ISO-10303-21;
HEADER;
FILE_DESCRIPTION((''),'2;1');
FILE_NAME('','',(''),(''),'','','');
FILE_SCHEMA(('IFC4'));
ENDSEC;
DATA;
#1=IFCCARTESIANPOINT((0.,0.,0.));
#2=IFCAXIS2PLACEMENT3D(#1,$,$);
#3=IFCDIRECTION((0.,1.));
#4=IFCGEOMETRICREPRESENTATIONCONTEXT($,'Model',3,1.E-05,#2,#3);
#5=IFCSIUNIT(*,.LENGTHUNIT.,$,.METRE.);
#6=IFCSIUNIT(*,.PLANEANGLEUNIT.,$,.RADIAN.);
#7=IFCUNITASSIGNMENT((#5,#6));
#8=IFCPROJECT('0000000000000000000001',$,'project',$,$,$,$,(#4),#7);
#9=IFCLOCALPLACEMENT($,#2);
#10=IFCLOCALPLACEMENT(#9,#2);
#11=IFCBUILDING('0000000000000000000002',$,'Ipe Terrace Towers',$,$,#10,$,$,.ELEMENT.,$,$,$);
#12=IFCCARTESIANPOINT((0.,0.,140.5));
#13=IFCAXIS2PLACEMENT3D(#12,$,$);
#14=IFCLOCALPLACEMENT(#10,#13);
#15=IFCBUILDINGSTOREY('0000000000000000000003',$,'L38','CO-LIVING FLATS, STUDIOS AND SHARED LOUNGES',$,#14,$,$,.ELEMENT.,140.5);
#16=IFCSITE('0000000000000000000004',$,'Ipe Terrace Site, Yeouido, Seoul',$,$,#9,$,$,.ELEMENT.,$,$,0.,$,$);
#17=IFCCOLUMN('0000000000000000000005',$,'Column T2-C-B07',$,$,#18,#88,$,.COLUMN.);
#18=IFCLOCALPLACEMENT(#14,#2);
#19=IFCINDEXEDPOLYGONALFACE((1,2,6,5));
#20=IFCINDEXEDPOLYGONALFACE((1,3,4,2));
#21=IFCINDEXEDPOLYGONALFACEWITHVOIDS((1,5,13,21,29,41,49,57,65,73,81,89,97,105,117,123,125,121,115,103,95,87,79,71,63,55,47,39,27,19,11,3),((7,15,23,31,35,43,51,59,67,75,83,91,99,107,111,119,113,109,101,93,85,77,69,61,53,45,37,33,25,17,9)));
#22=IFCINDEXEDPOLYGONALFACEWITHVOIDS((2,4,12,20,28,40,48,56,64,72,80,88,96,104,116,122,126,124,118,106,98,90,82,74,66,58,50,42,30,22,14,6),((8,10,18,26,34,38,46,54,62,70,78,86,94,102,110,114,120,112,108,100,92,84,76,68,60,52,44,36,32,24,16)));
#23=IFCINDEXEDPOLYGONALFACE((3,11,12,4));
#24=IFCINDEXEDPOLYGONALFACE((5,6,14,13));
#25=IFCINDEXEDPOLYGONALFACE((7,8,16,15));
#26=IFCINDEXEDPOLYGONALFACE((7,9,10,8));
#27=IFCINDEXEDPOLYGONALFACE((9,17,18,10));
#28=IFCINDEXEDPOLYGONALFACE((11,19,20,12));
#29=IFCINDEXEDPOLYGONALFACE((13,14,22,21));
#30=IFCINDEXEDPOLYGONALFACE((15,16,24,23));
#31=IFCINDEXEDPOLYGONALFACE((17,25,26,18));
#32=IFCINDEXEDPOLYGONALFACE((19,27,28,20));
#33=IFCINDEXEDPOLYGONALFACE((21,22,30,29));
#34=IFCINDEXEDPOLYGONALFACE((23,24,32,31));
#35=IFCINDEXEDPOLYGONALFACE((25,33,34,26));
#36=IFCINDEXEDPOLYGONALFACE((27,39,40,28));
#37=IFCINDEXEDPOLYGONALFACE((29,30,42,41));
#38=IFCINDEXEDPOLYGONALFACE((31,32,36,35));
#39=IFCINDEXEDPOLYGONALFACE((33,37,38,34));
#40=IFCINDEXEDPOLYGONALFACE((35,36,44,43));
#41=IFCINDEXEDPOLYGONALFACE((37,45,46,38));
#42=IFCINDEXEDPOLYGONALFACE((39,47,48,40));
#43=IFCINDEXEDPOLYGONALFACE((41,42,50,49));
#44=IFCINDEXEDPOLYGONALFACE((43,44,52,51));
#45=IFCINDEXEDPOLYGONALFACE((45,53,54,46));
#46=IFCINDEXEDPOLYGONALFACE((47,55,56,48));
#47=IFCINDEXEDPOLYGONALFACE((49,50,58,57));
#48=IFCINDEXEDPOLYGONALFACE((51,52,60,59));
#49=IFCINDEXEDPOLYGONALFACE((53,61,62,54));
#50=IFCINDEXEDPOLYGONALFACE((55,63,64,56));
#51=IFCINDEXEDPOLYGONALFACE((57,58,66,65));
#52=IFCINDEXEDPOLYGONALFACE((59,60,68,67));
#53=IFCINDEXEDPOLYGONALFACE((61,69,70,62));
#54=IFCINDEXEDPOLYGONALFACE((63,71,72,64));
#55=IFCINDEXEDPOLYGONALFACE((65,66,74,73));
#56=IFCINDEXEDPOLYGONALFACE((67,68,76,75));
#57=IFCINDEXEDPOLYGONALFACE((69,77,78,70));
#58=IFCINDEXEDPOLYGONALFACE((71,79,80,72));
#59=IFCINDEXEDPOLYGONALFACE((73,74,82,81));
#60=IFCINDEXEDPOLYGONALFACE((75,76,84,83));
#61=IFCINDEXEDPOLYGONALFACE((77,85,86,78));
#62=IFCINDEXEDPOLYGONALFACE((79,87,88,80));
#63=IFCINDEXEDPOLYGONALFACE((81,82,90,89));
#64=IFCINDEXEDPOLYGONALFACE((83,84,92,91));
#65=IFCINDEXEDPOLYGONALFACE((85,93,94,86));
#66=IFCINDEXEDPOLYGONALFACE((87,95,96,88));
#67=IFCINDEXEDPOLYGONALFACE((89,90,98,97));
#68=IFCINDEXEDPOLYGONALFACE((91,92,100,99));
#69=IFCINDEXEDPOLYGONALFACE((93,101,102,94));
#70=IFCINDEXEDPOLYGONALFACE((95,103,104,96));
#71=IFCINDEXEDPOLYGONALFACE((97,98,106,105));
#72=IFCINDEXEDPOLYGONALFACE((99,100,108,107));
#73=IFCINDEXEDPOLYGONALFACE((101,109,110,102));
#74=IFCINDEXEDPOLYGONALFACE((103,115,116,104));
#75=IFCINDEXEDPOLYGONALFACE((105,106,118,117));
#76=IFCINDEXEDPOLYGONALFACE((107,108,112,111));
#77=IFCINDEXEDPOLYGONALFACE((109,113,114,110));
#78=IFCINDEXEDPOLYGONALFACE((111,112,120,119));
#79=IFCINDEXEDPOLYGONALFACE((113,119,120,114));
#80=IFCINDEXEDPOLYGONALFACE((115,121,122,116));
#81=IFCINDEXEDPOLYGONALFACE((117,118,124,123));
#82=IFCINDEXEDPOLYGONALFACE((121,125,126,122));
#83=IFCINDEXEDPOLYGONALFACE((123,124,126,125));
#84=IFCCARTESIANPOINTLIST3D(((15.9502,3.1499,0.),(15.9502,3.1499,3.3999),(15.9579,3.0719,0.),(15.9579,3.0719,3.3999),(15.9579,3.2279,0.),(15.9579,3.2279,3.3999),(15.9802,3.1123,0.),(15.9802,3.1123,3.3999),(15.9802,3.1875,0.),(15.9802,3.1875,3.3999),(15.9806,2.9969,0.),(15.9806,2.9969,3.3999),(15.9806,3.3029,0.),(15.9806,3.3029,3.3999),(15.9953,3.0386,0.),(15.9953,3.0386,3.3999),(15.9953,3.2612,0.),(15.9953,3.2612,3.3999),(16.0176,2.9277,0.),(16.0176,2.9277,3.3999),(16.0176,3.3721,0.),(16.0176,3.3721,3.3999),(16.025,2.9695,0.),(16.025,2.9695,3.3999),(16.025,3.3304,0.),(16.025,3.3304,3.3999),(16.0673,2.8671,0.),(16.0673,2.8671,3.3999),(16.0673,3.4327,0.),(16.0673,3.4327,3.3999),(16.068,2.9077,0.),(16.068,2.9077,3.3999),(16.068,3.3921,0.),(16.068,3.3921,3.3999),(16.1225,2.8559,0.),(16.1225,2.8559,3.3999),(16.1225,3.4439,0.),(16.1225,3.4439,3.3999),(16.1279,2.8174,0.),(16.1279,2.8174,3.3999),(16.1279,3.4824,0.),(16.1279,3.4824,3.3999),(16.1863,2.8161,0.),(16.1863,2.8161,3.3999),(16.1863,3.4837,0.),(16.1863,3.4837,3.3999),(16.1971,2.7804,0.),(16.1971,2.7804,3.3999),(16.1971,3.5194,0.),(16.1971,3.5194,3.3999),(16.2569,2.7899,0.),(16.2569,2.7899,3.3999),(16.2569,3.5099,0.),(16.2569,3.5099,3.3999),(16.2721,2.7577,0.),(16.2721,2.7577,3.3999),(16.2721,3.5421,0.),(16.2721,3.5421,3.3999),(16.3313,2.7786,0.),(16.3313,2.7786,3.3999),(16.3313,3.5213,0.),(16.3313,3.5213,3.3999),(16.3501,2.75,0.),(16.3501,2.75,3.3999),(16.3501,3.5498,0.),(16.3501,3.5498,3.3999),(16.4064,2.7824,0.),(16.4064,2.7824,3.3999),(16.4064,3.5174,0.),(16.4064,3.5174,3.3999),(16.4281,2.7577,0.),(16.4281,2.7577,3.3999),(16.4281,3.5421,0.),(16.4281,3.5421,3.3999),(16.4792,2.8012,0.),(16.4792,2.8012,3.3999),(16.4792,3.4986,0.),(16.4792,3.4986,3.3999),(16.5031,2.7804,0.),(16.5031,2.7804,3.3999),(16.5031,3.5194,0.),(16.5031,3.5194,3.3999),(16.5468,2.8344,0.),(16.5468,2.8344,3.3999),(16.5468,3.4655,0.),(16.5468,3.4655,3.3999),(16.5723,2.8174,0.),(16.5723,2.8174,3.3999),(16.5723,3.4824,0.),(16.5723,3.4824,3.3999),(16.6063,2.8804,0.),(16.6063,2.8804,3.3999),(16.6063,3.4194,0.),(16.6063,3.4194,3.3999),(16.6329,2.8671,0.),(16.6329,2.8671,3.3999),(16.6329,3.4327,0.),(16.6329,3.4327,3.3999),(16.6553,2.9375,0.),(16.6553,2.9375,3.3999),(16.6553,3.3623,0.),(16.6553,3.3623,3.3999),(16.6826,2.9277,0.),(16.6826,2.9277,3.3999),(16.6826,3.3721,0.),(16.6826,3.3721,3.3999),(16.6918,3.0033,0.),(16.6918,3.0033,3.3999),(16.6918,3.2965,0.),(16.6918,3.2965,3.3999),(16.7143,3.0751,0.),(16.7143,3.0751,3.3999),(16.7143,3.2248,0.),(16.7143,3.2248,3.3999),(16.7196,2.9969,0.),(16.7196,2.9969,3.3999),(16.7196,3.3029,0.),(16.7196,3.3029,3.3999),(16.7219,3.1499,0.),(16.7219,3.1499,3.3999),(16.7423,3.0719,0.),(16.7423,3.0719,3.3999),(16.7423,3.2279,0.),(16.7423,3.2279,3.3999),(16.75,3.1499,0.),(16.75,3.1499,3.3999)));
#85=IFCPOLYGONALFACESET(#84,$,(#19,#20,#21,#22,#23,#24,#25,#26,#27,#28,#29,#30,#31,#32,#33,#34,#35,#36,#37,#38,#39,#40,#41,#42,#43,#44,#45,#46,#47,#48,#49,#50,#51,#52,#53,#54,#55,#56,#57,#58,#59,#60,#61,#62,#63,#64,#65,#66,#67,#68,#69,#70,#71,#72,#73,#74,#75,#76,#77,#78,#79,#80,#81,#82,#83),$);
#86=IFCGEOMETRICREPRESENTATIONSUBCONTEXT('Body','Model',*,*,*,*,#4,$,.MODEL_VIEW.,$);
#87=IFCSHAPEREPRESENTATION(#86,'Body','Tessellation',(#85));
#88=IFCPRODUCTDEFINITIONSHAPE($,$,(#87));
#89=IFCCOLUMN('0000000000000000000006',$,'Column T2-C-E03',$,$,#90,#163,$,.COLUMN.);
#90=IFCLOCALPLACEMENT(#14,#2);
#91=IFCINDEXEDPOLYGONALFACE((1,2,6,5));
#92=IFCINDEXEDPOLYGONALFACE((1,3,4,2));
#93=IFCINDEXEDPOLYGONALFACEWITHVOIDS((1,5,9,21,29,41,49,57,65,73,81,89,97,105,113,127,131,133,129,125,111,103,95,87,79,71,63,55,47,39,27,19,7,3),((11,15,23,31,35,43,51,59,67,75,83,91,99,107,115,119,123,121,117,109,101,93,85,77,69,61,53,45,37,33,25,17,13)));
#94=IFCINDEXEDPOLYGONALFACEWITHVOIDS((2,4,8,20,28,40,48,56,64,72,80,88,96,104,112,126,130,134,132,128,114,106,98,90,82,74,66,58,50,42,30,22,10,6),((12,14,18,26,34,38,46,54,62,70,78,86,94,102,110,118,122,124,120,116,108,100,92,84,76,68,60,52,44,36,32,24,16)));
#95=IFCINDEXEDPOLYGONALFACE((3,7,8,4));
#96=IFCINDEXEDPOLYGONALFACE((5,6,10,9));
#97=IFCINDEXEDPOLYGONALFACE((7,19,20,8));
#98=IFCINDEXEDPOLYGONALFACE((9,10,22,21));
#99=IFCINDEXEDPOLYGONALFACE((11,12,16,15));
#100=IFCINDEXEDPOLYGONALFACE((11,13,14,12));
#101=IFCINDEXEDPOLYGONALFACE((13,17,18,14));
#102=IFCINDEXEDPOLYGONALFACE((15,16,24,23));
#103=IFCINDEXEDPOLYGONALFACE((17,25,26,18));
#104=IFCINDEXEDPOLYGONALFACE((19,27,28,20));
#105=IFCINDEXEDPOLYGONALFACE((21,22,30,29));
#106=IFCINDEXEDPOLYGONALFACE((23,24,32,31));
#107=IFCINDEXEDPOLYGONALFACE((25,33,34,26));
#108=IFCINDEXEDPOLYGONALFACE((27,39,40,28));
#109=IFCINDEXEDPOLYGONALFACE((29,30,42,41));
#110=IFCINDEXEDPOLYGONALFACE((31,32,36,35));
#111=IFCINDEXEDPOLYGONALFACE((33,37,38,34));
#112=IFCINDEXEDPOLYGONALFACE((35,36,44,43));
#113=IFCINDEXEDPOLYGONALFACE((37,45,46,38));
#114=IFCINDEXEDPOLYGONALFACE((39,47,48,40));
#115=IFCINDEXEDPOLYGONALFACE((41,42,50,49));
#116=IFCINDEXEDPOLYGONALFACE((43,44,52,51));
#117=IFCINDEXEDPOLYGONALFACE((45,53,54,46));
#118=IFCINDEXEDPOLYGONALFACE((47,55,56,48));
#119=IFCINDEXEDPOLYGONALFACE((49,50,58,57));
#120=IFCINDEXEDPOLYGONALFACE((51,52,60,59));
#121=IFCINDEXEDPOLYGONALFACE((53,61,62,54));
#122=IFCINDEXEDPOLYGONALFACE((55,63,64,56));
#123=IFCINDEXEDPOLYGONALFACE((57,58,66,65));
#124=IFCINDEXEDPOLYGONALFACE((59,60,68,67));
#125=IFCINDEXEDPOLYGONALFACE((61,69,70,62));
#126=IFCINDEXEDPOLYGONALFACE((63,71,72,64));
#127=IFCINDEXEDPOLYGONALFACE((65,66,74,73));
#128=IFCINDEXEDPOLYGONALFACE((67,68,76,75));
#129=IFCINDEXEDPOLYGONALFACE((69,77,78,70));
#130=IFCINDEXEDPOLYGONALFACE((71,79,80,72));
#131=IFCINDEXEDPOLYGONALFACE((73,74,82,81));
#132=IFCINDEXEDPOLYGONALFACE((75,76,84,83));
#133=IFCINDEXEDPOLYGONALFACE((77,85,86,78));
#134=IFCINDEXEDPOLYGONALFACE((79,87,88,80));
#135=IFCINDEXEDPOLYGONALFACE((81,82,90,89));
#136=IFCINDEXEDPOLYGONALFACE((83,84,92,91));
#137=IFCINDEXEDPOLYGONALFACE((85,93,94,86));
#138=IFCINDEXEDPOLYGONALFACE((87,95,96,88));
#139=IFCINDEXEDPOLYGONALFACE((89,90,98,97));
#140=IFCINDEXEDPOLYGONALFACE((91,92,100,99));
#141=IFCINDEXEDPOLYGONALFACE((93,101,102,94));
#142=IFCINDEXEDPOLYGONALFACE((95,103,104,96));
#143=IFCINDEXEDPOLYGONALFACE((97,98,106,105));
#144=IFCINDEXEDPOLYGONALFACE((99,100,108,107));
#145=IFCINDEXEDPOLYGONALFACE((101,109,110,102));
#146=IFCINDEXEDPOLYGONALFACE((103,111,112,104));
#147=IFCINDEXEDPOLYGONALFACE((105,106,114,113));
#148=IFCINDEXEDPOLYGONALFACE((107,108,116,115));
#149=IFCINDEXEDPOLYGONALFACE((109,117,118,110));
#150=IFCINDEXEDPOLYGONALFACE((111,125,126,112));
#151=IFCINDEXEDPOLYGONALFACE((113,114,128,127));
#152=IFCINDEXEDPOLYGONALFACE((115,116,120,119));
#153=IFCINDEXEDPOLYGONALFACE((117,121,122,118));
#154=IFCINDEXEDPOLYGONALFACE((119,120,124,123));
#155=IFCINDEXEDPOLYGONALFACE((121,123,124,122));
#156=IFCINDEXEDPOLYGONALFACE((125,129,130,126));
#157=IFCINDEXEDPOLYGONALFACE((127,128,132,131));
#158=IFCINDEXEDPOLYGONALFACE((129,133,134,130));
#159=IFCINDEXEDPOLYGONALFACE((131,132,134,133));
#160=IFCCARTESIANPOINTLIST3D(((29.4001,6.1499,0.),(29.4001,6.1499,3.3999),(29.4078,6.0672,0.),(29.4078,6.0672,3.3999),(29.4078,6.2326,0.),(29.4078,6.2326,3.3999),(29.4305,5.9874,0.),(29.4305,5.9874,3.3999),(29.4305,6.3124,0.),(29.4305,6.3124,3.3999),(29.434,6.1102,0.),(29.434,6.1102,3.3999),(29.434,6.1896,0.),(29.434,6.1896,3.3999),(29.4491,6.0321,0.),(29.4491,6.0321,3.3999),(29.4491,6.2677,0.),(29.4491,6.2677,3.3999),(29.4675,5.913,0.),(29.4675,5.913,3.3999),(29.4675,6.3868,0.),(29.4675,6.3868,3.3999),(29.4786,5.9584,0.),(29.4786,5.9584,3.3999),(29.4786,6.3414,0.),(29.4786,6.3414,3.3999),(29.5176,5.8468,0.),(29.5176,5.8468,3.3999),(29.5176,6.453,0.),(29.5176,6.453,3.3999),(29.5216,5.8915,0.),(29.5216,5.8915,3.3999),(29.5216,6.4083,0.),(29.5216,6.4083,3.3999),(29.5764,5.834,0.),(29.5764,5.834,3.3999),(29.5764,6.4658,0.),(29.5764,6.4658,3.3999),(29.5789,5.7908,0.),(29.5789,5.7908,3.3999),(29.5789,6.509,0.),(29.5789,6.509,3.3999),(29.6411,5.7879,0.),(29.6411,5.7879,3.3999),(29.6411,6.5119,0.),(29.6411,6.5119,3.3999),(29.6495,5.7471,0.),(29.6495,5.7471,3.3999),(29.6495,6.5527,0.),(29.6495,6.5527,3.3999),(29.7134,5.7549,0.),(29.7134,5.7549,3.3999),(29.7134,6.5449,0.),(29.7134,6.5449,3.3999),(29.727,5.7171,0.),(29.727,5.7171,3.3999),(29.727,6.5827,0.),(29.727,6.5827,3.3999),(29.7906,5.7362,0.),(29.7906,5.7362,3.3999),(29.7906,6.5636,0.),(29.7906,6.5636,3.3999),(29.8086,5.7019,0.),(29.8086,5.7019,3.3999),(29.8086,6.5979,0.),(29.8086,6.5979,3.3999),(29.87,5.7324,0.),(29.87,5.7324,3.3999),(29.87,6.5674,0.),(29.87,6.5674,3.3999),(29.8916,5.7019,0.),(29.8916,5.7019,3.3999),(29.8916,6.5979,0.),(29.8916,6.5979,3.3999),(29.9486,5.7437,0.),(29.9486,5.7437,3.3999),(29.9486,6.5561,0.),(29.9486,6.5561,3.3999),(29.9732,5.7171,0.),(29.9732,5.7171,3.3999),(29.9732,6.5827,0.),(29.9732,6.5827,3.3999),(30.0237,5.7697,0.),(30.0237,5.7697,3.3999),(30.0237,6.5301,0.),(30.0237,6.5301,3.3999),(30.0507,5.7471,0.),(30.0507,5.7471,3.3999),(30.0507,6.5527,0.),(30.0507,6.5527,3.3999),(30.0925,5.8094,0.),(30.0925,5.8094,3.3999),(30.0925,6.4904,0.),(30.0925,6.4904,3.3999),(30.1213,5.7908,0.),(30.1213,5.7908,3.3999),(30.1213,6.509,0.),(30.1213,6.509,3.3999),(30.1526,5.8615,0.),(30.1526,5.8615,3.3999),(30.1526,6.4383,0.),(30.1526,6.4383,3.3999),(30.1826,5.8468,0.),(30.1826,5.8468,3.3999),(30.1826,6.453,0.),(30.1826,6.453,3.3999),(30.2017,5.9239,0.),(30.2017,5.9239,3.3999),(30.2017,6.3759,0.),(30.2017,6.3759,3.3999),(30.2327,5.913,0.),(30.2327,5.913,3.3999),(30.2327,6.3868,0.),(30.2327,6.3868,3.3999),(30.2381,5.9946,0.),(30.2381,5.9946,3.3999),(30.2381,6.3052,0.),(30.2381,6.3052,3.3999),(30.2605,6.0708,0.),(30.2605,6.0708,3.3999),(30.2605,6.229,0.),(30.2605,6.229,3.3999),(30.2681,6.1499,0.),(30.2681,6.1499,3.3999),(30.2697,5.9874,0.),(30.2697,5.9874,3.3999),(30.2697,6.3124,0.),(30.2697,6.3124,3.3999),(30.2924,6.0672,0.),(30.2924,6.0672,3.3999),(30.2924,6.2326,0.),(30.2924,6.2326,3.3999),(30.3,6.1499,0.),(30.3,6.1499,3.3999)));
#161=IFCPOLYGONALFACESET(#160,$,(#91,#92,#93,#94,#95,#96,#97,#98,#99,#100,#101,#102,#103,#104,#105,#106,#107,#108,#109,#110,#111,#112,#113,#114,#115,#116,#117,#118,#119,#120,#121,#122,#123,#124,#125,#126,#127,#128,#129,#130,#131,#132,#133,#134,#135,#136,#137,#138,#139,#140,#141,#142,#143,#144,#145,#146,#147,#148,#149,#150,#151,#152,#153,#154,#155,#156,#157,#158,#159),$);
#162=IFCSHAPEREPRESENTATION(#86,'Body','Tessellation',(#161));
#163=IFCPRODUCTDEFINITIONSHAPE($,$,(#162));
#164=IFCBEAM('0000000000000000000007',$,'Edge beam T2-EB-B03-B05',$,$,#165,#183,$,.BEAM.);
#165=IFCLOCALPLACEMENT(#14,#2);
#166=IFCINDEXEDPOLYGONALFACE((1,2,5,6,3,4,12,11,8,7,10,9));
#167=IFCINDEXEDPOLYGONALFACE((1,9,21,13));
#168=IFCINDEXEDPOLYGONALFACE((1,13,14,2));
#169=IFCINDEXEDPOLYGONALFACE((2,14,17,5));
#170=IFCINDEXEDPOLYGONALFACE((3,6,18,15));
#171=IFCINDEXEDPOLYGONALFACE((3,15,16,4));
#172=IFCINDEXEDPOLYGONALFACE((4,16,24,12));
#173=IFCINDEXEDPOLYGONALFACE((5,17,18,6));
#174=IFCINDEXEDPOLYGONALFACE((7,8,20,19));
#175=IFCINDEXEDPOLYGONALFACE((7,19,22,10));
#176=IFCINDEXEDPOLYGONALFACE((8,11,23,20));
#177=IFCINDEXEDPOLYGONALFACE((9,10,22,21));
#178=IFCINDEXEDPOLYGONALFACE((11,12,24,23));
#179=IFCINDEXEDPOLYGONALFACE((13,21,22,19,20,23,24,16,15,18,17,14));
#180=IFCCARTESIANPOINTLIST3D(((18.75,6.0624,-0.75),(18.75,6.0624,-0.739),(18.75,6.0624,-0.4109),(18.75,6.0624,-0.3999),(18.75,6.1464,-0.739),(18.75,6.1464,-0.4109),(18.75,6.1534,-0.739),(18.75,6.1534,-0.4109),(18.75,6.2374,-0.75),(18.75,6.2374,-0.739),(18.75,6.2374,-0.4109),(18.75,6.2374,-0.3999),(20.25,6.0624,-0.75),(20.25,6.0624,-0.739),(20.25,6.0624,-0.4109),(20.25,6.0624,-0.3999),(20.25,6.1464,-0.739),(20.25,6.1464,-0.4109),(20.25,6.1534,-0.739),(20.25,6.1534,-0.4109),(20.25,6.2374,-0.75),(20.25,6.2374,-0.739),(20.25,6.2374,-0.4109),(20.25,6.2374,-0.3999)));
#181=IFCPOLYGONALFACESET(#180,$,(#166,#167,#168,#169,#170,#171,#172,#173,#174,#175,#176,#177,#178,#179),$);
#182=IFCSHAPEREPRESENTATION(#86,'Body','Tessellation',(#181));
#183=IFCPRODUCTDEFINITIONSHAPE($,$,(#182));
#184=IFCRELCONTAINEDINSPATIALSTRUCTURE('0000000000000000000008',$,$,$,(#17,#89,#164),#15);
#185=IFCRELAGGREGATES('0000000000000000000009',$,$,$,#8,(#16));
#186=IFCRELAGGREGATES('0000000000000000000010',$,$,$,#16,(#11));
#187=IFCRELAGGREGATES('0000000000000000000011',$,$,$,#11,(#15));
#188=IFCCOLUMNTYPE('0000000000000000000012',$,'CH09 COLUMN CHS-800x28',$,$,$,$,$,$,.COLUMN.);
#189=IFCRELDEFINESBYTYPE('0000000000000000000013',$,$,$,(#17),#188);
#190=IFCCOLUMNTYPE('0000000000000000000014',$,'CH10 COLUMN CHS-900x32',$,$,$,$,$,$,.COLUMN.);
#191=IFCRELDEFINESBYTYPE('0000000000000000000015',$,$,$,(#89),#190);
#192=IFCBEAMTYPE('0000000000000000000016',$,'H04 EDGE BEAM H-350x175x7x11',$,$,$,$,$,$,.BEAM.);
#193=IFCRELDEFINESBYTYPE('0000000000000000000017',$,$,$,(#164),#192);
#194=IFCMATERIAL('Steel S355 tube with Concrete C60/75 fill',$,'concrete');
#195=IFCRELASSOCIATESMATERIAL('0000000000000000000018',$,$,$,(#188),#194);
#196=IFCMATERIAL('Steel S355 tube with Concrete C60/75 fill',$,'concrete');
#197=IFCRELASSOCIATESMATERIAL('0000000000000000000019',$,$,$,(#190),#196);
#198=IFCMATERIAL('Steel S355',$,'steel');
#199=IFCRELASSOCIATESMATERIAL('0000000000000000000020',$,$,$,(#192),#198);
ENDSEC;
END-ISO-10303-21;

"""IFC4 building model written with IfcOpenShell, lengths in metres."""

from ifc_helpers import new_model, si_unit, direction, frame, origin, origin_2d, place, context, subcontext, project, spatial, hollow_circle, i_section, extrude, material, material_profile, profile_set, type_object, element, save


model = new_model("IFC4")

# Units and contexts
model_context = context("Model", 3, precision=1e-05, world=origin(), true_north=direction((0.0, 1.0)))
body_context = subcontext(model_context, "Body", "Model", "MODEL_VIEW")
ifc_project = project(units=[si_unit("LENGTHUNIT", "METRE"), si_unit("PLANEANGLEUNIT", "RADIAN")], contexts=[model_context])

# Site, building, storey
site_placement = place(None, origin())
site = spatial("IfcSite", under=ifc_project, at=site_placement, Name="Ipe Terrace Site, Yeouido, Seoul", CompositionType="ELEMENT", RefElevation=0.0)
building_placement = place(site_placement, origin())
building = spatial("IfcBuilding", under=site, at=building_placement, Name="Ipe Terrace Towers", CompositionType="ELEMENT")
storey_placement = place(building_placement, frame((0.0, 0.0, 140.5)))
storey = spatial("IfcBuildingStorey", under=building, at=storey_placement, Name="L38", Description="CO-LIVING FLATS, STUDIOS AND SHARED LOUNGES", CompositionType="ELEMENT", Elevation=140.5)

# Columns
ifc_material_1 = material(Name="Steel S355 tube with Concrete C60/75 fill", Category="concrete")
ifc_material_profile_1 = material_profile(ifc_material_1, hollow_circle(Radius=0.3999, WallThickness=0.0281, at=origin_2d()), Name="CHS-800x28")
ifc_profile_set_1 = profile_set([ifc_material_profile_1], Name="Steel S355 tube with Concrete C60/75 fill")
column_type_1 = type_object("IfcColumnType", Name="CH09 COLUMN CHS-800x28", PredefinedType="COLUMN", material=ifc_profile_set_1)
for number, where, z_axis, x_axis, name in (
    (1, (16.3501, 3.1499, 0.0), (0.0, 0.0, 1.0), (1.0, 0.0, 0.0), "Column T2-C-B07"),
):
    element("IfcColumn", number, at=place(storey_placement, frame(where, z_axis=z_axis, x_axis=x_axis)), inside=storey, type_object=column_type_1, Name=name, PredefinedType="COLUMN", context=body_context, shape_type="SweptSolid", body=[
        extrude(hollow_circle(Radius=0.3999, WallThickness=0.0281, at=origin_2d()), origin(), (0.0, 0.0, 1.0), 3.3999),
    ])
ifc_material_2 = material(Name="Steel S355 tube with Concrete C60/75 fill", Category="concrete")
ifc_material_profile_2 = material_profile(ifc_material_2, hollow_circle(Radius=0.45, WallThickness=0.032, at=origin_2d()), Name="CHS-900x32")
ifc_profile_set_2 = profile_set([ifc_material_profile_2], Name="Steel S355 tube with Concrete C60/75 fill")
column_type_2 = type_object("IfcColumnType", Name="CH10 COLUMN CHS-900x32", PredefinedType="COLUMN", material=ifc_profile_set_2)
column_placement = place(storey_placement, frame((29.8501, 6.1499, 0.0), z_axis=(0.0, 0.0, 1.0), x_axis=(1.0, 0.0, 0.0)))
element("IfcColumn", 2, at=column_placement, inside=storey, type_object=column_type_2, Name="Column T2-C-E03", PredefinedType="COLUMN", context=body_context, shape_type="SweptSolid", body=[
    extrude(hollow_circle(Radius=0.45, WallThickness=0.032, at=origin_2d()), origin(), (0.0, 0.0, 1.0), 3.3999),
])

# Beam
ifc_material_3 = material(Name="Steel S355", Category="steel")
ifc_material_profile_3 = material_profile(ifc_material_3, i_section(OverallWidth=0.175, OverallDepth=0.3501, WebThickness=0.0071, FlangeThickness=0.011, at=origin_2d()), Name="H-350x175x7x11")
ifc_profile_set_3 = profile_set([ifc_material_profile_3], Name="Steel S355")
beam_type_1 = type_object("IfcBeamType", Name="H04 EDGE BEAM H-350x175x7x11", PredefinedType="BEAM", material=ifc_profile_set_3)
beam_1_placement = place(storey_placement, frame((20.25, 6.1499, -0.575), z_axis=(-1.0, 0.0, 0.0), x_axis=(0.0, -1.0, 0.0)))
element("IfcBeam", 3, at=beam_1_placement, inside=storey, type_object=beam_type_1, Name="Edge beam T2-EB-B03-B05", PredefinedType="BEAM", context=body_context, shape_type="SweptSolid", body=[
    extrude(i_section(OverallWidth=0.175, OverallDepth=0.3501, WebThickness=0.0071, FlangeThickness=0.011, at=origin_2d()), origin(), (0.0, 0.0, 1.0), 1.5),
])

save(model, "model.ifc")
